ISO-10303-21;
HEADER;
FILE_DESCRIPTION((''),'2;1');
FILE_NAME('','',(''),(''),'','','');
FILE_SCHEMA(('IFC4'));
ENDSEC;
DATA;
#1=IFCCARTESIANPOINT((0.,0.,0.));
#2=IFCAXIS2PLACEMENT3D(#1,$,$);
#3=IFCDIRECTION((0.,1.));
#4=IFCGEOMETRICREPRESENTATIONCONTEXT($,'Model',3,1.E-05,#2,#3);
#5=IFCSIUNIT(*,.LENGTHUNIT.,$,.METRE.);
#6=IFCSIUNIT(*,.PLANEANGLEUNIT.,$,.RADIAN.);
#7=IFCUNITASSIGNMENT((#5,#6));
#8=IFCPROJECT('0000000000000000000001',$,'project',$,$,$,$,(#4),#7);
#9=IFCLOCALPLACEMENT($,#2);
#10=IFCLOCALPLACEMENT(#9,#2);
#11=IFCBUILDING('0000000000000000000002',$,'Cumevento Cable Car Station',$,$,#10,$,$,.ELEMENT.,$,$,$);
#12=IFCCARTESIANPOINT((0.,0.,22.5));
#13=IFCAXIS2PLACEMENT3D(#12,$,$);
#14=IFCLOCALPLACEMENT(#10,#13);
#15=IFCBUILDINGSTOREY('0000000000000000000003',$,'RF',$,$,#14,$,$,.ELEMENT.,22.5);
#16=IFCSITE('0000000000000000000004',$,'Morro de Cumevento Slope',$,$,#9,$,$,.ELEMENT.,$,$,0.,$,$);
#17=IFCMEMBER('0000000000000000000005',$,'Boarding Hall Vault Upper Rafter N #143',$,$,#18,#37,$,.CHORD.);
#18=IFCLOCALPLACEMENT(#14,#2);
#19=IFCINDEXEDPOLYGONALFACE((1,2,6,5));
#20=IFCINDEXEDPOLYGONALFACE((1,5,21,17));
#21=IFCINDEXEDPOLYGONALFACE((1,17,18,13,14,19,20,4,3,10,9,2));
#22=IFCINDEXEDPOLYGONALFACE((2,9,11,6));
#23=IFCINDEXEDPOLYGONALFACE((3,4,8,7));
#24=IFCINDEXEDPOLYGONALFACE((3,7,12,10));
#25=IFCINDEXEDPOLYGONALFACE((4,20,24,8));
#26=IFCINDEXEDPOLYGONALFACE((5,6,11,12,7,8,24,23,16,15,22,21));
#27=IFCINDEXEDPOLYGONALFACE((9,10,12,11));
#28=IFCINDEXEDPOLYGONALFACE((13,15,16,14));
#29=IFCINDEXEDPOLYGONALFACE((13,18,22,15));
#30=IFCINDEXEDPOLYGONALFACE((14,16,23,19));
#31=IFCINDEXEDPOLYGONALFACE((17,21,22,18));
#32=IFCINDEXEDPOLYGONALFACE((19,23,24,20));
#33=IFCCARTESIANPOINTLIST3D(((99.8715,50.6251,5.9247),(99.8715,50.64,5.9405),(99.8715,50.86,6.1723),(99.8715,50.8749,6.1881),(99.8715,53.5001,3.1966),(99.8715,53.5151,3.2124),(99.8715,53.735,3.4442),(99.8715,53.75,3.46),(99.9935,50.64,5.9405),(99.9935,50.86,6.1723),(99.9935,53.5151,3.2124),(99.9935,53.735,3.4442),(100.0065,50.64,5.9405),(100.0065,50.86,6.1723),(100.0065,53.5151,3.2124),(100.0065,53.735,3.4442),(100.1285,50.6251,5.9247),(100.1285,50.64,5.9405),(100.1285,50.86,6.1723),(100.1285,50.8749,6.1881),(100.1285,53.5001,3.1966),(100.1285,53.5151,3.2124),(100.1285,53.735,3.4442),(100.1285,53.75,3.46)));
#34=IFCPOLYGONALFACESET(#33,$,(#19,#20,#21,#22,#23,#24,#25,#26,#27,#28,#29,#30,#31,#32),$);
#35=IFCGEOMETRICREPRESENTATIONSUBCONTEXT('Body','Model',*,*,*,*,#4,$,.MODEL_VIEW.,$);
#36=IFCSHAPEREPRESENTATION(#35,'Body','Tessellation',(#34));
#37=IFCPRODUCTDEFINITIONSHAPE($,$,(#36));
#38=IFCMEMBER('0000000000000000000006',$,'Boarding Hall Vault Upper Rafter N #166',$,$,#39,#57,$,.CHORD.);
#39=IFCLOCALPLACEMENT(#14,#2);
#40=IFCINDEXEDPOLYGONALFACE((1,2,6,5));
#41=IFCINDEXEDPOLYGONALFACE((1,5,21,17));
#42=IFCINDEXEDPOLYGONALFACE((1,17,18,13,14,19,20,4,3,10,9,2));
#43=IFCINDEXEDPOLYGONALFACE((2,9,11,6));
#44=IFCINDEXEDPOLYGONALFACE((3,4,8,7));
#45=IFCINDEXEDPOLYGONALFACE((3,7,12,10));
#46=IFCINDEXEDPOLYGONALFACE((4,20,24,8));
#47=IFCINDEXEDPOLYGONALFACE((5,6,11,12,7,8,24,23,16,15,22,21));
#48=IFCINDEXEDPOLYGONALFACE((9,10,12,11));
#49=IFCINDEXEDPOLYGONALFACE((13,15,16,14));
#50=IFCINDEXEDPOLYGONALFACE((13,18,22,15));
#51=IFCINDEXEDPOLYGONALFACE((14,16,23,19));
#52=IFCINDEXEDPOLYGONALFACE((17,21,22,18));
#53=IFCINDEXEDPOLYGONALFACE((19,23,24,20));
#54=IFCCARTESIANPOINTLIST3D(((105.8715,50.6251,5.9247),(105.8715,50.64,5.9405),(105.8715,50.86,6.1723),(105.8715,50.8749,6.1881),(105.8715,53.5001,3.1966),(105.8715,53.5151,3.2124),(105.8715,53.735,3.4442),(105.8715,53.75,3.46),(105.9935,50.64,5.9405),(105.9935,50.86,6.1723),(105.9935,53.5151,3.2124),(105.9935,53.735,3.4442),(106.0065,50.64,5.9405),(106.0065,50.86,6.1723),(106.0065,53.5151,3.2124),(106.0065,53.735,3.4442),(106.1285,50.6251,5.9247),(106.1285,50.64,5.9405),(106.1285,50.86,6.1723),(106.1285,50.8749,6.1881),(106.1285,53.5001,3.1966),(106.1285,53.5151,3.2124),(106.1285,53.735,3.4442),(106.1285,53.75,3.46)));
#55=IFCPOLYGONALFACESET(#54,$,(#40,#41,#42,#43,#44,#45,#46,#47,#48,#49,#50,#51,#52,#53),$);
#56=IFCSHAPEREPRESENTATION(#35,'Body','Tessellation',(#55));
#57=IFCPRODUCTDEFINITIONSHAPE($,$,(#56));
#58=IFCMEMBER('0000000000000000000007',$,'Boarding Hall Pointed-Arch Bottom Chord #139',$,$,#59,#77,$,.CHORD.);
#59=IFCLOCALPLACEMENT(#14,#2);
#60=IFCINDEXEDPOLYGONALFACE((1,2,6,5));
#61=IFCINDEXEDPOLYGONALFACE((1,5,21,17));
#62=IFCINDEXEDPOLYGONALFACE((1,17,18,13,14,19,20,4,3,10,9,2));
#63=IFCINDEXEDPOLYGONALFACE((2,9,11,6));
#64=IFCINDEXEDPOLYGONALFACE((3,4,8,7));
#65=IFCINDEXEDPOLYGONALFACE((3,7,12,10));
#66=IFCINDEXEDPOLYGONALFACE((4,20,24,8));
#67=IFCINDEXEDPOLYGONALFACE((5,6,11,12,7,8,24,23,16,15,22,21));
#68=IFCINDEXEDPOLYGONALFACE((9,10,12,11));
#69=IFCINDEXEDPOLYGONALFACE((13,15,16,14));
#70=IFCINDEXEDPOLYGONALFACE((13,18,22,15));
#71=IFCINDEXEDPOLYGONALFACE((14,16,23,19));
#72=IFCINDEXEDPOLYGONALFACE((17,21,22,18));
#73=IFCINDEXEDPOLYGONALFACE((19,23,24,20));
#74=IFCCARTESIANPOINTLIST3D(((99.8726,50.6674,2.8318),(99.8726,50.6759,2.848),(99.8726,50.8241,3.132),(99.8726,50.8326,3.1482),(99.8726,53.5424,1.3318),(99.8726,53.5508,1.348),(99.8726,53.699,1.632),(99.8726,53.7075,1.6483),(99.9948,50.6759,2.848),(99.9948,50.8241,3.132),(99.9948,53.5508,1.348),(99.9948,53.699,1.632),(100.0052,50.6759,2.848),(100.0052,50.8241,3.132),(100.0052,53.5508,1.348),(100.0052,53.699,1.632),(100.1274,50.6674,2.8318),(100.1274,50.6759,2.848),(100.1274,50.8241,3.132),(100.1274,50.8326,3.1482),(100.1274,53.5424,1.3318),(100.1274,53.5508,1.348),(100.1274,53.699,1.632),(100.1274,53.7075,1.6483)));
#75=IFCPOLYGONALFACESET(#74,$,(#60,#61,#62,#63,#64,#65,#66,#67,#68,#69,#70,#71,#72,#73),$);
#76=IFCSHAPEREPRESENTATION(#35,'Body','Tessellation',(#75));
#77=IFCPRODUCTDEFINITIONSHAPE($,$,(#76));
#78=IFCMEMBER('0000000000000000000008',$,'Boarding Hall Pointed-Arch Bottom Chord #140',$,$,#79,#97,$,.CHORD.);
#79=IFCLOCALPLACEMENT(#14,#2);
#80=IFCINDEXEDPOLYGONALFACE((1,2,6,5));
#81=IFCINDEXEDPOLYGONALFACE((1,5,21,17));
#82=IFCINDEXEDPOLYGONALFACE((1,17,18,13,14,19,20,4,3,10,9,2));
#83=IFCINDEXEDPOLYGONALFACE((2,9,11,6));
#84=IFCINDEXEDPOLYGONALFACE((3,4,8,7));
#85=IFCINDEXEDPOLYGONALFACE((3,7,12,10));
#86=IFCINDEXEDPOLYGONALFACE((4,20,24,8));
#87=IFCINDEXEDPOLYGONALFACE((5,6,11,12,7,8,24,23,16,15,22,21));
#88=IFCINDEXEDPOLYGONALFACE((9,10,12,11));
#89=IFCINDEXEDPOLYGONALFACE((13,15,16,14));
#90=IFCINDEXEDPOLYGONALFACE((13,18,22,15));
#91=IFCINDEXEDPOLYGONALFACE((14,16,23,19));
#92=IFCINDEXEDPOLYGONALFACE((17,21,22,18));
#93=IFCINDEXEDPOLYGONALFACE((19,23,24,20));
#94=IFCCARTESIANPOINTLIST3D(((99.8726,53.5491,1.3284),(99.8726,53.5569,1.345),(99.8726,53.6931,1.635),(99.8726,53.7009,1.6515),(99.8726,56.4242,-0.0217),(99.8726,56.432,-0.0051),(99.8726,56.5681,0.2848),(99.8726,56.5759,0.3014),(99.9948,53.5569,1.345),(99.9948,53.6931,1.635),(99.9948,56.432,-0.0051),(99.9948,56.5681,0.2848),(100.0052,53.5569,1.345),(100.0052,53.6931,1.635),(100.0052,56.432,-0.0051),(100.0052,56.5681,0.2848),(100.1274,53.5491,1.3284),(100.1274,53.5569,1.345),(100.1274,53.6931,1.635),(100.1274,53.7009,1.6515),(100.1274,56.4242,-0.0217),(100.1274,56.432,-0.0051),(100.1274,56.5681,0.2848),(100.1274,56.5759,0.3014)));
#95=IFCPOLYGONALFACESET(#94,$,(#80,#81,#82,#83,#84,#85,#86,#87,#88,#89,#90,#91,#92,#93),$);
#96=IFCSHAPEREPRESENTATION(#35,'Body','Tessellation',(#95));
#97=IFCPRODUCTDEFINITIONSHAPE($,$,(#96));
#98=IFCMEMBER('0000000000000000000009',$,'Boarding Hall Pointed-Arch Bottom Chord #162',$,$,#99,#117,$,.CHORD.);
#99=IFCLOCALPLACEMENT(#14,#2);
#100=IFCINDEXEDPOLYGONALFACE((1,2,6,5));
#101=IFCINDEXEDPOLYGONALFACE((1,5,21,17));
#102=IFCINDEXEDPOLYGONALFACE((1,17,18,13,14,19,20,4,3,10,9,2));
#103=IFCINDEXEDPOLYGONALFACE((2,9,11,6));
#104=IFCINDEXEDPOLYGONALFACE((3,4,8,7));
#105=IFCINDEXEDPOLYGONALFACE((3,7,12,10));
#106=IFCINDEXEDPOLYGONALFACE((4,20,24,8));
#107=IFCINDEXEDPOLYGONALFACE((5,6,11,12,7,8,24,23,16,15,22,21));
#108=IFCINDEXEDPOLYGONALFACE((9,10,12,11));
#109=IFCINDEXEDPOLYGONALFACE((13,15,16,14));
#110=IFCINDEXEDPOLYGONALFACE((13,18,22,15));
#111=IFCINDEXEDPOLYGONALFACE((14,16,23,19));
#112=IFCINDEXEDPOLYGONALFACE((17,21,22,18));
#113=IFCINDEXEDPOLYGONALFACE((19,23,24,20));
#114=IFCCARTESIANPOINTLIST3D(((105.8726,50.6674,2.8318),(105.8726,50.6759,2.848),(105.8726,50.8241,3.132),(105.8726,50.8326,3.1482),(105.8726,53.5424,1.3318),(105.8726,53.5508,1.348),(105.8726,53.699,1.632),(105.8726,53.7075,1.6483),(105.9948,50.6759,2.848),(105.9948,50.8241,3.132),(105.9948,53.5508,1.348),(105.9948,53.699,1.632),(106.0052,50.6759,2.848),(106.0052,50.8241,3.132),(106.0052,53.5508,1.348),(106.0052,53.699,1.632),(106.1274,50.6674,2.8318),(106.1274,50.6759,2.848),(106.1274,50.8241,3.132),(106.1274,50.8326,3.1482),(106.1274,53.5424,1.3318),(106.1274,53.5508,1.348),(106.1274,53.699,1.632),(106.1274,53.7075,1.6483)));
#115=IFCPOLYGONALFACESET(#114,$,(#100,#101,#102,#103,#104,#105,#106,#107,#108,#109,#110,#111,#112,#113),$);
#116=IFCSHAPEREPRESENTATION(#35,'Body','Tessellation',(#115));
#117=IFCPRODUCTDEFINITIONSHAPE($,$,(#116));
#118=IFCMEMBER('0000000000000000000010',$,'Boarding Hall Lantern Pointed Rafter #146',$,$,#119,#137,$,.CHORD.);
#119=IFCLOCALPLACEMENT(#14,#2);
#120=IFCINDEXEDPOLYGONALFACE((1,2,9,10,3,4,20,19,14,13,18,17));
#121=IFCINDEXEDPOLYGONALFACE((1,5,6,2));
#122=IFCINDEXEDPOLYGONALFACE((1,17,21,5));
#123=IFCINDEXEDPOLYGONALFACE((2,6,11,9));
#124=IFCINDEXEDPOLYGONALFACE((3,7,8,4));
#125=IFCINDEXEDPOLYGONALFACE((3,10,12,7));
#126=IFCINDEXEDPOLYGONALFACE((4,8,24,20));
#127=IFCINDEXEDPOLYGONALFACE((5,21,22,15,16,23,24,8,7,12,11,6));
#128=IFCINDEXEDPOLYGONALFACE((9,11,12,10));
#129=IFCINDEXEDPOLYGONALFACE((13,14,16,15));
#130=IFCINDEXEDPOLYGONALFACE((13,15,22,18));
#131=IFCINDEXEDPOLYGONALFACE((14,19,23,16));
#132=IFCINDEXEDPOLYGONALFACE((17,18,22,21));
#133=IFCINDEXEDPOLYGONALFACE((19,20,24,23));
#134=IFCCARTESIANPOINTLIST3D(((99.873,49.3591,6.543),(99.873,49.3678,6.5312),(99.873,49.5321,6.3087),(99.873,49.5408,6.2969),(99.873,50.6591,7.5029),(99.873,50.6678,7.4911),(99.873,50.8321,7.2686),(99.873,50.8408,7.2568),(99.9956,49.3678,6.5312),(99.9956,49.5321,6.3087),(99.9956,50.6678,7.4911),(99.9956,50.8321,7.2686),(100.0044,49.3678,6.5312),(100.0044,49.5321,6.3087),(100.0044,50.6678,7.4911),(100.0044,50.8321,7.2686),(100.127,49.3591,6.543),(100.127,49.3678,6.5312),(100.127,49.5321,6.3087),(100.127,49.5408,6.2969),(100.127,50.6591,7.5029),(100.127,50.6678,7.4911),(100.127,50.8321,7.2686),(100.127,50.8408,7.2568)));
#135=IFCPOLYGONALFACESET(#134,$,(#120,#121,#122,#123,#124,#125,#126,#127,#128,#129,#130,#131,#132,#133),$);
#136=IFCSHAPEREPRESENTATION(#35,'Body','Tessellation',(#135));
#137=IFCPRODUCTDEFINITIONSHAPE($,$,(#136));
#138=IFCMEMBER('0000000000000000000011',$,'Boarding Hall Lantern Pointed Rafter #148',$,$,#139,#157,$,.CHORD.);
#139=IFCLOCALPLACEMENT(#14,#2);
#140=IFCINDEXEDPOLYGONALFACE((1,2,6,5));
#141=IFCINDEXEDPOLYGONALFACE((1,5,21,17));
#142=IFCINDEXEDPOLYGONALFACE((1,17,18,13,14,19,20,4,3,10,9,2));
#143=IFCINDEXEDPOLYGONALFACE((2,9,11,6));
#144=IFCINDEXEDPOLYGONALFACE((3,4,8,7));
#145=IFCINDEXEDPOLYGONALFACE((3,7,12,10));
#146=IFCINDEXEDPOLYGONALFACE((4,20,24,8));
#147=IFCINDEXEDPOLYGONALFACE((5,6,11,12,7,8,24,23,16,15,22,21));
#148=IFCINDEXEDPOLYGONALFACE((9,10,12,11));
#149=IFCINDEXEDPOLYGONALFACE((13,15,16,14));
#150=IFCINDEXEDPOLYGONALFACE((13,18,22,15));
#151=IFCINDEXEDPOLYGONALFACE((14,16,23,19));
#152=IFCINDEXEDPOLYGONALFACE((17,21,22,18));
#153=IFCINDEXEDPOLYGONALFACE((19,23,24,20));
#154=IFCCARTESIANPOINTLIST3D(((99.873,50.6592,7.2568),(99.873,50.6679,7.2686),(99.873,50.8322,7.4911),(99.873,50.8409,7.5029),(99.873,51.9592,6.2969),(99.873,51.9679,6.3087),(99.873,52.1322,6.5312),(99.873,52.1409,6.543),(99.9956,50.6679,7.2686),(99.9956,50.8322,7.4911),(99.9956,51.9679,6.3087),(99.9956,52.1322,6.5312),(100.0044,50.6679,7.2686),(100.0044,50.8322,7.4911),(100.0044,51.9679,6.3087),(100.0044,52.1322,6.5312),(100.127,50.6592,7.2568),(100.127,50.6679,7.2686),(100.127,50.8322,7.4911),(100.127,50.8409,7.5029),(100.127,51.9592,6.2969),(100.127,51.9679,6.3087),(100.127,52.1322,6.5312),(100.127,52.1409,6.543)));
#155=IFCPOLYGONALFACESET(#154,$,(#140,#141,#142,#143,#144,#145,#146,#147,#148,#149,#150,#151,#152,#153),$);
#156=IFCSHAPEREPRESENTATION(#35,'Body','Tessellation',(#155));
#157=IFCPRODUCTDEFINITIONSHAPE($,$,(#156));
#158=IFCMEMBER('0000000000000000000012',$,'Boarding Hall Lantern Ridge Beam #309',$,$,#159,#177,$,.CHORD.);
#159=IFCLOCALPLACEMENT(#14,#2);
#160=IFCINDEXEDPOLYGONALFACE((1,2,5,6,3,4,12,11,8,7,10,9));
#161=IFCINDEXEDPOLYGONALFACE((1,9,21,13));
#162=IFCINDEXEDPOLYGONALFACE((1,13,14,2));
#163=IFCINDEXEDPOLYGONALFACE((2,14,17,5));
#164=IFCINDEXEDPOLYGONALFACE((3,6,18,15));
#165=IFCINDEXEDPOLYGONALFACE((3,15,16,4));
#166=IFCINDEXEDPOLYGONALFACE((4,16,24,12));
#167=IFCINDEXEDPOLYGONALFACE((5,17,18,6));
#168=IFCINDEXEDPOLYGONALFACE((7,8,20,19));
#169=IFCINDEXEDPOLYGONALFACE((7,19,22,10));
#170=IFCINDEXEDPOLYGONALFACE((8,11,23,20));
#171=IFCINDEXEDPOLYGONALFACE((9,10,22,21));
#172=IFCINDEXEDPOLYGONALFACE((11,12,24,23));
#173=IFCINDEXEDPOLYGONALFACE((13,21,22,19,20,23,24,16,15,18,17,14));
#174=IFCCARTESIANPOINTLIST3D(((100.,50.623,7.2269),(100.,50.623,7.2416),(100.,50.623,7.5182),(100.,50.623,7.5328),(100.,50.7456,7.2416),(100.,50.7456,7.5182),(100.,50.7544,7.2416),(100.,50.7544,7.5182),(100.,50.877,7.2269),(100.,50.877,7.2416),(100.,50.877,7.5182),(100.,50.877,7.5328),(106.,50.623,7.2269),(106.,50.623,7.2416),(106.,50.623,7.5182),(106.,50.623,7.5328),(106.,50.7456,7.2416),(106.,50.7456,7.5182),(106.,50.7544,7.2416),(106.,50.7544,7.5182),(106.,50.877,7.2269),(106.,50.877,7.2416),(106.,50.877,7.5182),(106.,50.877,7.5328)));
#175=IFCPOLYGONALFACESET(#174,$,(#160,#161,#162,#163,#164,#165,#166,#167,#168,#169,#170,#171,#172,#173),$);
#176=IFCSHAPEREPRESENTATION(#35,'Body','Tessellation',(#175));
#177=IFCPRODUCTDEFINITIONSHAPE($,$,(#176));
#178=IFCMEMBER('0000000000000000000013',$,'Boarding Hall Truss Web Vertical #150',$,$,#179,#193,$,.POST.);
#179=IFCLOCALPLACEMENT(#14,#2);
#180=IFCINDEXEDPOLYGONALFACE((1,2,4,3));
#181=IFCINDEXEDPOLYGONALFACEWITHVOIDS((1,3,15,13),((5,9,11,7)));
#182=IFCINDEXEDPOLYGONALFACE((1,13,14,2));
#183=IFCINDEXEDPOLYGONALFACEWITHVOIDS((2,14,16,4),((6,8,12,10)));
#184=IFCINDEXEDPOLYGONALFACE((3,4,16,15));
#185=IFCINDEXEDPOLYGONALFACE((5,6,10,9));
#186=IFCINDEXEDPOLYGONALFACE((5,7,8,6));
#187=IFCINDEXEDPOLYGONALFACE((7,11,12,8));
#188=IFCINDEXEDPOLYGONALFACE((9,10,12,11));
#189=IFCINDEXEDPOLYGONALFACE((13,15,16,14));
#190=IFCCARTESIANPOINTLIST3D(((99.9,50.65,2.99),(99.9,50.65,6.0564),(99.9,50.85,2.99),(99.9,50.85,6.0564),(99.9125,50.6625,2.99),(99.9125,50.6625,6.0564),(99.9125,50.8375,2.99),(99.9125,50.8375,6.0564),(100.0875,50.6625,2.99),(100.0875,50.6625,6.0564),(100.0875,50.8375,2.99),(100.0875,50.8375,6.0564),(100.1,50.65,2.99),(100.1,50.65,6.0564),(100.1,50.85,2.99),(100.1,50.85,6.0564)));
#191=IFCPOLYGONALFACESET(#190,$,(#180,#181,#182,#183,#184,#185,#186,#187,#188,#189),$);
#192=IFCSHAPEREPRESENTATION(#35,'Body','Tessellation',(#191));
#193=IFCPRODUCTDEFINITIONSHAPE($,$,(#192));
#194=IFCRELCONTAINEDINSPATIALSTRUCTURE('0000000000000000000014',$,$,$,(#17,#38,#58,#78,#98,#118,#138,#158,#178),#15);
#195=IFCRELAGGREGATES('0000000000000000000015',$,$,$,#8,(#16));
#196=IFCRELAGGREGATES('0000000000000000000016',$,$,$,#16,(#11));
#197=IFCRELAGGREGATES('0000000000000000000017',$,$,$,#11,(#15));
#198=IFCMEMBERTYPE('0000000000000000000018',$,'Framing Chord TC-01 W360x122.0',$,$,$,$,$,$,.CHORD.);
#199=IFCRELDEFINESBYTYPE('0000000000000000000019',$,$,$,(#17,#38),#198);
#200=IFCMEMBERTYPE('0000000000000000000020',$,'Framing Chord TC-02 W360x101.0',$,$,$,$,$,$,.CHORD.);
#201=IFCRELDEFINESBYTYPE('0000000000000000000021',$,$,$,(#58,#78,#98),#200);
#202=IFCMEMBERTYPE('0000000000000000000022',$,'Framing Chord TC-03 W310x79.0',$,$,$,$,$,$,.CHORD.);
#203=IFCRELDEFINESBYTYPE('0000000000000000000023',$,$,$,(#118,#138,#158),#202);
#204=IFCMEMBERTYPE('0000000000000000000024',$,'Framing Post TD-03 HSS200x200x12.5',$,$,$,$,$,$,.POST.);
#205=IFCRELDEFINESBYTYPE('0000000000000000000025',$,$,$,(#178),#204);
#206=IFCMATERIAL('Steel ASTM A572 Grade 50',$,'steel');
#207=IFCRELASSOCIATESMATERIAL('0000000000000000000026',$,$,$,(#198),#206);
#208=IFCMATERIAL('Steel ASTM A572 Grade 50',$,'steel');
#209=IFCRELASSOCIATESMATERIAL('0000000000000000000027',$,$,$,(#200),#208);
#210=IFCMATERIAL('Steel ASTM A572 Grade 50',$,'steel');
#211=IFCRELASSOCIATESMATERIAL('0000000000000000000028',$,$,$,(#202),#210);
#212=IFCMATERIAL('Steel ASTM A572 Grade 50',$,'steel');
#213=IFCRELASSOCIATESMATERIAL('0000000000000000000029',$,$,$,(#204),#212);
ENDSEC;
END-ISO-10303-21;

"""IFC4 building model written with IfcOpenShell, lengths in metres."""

from ifc_helpers import new_model, si_unit, direction, frame, origin, origin_2d, place, context, subcontext, project, spatial, hollow_rectangle, i_section, extrude, material, material_profile, profile_set, type_object, element, save


model = new_model("IFC4")

# Units and contexts
model_context = context("Model", 3, precision=1e-05, world=origin(), true_north=direction((0.0, 1.0)))
body_context = subcontext(model_context, "Body", "Model", "MODEL_VIEW")
ifc_project = project(units=[si_unit("LENGTHUNIT", "METRE"), si_unit("PLANEANGLEUNIT", "RADIAN")], contexts=[model_context])

# Site, building, storey
site_placement = place(None, origin())
site = spatial("IfcSite", under=ifc_project, at=site_placement, Name="Morro de Cumevento Slope", CompositionType="ELEMENT", RefElevation=0.0)
building_placement = place(site_placement, origin())
building = spatial("IfcBuilding", under=site, at=building_placement, Name="Cumevento Cable Car Station", CompositionType="ELEMENT")
storey_placement = place(building_placement, frame((0.0, 0.0, 22.5)))
storey = spatial("IfcBuildingStorey", under=building, at=storey_placement, Name="RF", CompositionType="ELEMENT", Elevation=22.5)

# Members
ifc_material_1 = material(Name="Steel ASTM A572 Grade 50", Category="steel")
ifc_material_profile_1 = material_profile(ifc_material_1, i_section(OverallWidth=0.2571, OverallDepth=0.363, WebThickness=0.0129, FlangeThickness=0.0217, at=origin_2d()), Name="W360x122.0")
ifc_profile_set_1 = profile_set([ifc_material_profile_1], Name="Steel ASTM A572 Grade 50")
member_type_1 = type_object("IfcMemberType", Name="Framing Chord TC-01 W360x122.0", PredefinedType="CHORD", material=ifc_profile_set_1)
for number, where, z_axis, x_axis, name in (
    (1, (100.0, 50.75, 6.0564), (0.0, 0.725405, -0.688322), (-1.0, 0.0, 0.0), "Boarding Hall Vault Upper Rafter N #143"),
    (2, (106.0, 50.75, 6.0564), (0.0, 0.725405, -0.688322), (-1.0, 0.0, 0.0), "Boarding Hall Vault Upper Rafter N #166"),
):
    element("IfcMember", number, at=place(storey_placement, frame(where, z_axis=z_axis, x_axis=x_axis)), inside=storey, type_object=member_type_1, Name=name, PredefinedType="CHORD", context=body_context, shape_type="SweptSolid", body=[
        extrude(i_section(OverallWidth=0.2571, OverallDepth=0.363, WebThickness=0.0129, FlangeThickness=0.0217, at=origin_2d()), origin(), (0.0, 0.0, 1.0), 3.9634),
    ])
ifc_material_2 = material(Name="Steel ASTM A572 Grade 50", Category="steel")
ifc_material_profile_2 = material_profile(ifc_material_2, i_section(OverallWidth=0.2549, OverallDepth=0.3569, WebThickness=0.0105, FlangeThickness=0.0183, at=origin_2d()), Name="W360x101.0")
ifc_profile_set_2 = profile_set([ifc_material_profile_2], Name="Steel ASTM A572 Grade 50")
member_type_2 = type_object("IfcMemberType", Name="Framing Chord TC-02 W360x101.0", PredefinedType="CHORD", material=ifc_profile_set_2)
member_1_placement = place(storey_placement, frame((100.0, 50.75, 2.99), z_axis=(0.0, 0.886585, -0.462566), x_axis=(-1.0, 0.0, 0.0)))
element("IfcMember", 3, at=member_1_placement, inside=storey, type_object=member_type_2, Name="Boarding Hall Pointed-Arch Bottom Chord #139", PredefinedType="CHORD", context=body_context, shape_type="SweptSolid", body=[
    extrude(i_section(OverallWidth=0.2549, OverallDepth=0.3569, WebThickness=0.0105, FlangeThickness=0.0183, at=origin_2d()), origin(), (0.0, 0.0, 1.0), 3.2427),
])
member_2_placement = place(storey_placement, frame((100.0, 53.625, 1.49), z_axis=(0.0, 0.905163, -0.425064), x_axis=(-1.0, 0.0, 0.0)))
element("IfcMember", 4, at=member_2_placement, inside=storey, type_object=member_type_2, Name="Boarding Hall Pointed-Arch Bottom Chord #140", PredefinedType="CHORD", context=body_context, shape_type="SweptSolid", body=[
    extrude(i_section(OverallWidth=0.2549, OverallDepth=0.3569, WebThickness=0.0105, FlangeThickness=0.0183, at=origin_2d()), origin(), (0.0, 0.0, 1.0), 3.1763),
])
member_3_placement = place(storey_placement, frame((106.0, 50.75, 2.99), z_axis=(0.0, 0.886585, -0.462566), x_axis=(-1.0, 0.0, 0.0)))
element("IfcMember", 5, at=member_3_placement, inside=storey, type_object=member_type_2, Name="Boarding Hall Pointed-Arch Bottom Chord #162", PredefinedType="CHORD", context=body_context, shape_type="SweptSolid", body=[
    extrude(i_section(OverallWidth=0.2549, OverallDepth=0.3569, WebThickness=0.0105, FlangeThickness=0.0183, at=origin_2d()), origin(), (0.0, 0.0, 1.0), 3.2427),
])
ifc_material_3 = material(Name="Steel ASTM A572 Grade 50", Category="steel")
ifc_material_profile_3 = material_profile(ifc_material_3, i_section(OverallWidth=0.2539, OverallDepth=0.3059, WebThickness=0.0088, FlangeThickness=0.0146, at=origin_2d()), Name="W310x79.0")
ifc_profile_set_3 = profile_set([ifc_material_profile_3], Name="Steel ASTM A572 Grade 50")
member_type_3 = type_object("IfcMemberType", Name="Framing Chord TC-03 W310x79.0", PredefinedType="CHORD", material=ifc_profile_set_3)
for number, where, z_axis, x_axis, name in (
    (6, (100.0, 49.45, 6.4199), (0.0, 0.804455, 0.594013), (-1.0, 0.0, 0.0), "Boarding Hall Lantern Pointed Rafter #146"),
    (7, (100.0, 52.05, 6.4199), (0.0, -0.804455, 0.594013), (1.0, 0.0, 0.0), "Boarding Hall Lantern Pointed Rafter #148"),
):
    element("IfcMember", number, at=place(storey_placement, frame(where, z_axis=z_axis, x_axis=x_axis)), inside=storey, type_object=member_type_3, Name=name, PredefinedType="CHORD", context=body_context, shape_type="SweptSolid", body=[
        extrude(i_section(OverallWidth=0.2539, OverallDepth=0.3059, WebThickness=0.0088, FlangeThickness=0.0146, at=origin_2d()), origin(), (0.0, 0.0, 1.0), 1.616),
    ])
member_4_placement = place(storey_placement, frame((100.0, 50.75, 7.3799), z_axis=(1.0, 0.0, 0.0), x_axis=(0.0, 1.0, 0.0)))
element("IfcMember", 8, at=member_4_placement, inside=storey, type_object=member_type_3, Name="Boarding Hall Lantern Ridge Beam #309", PredefinedType="CHORD", context=body_context, shape_type="SweptSolid", body=[
    extrude(i_section(OverallWidth=0.2539, OverallDepth=0.3059, WebThickness=0.0088, FlangeThickness=0.0146, at=origin_2d()), origin(), (0.0, 0.0, 1.0), 6.0),
])
ifc_material_4 = material(Name="Steel ASTM A572 Grade 50", Category="steel")
ifc_material_profile_4 = material_profile(ifc_material_4, hollow_rectangle(XDim=0.2, YDim=0.2, WallThickness=0.0125, at=origin_2d()), Name="HSS200x200x12.5")
ifc_profile_set_4 = profile_set([ifc_material_profile_4], Name="Steel ASTM A572 Grade 50")
member_type_4 = type_object("IfcMemberType", Name="Framing Post TD-03 HSS200x200x12.5", PredefinedType="POST", material=ifc_profile_set_4)
member_5_placement = place(storey_placement, frame((100.0, 50.75, 2.99), z_axis=(0.0, 0.0, 1.0), x_axis=(1.0, 0.0, 0.0)))
element("IfcMember", 9, at=member_5_placement, inside=storey, type_object=member_type_4, Name="Boarding Hall Truss Web Vertical #150", PredefinedType="POST", context=body_context, shape_type="SweptSolid", body=[
    extrude(hollow_rectangle(XDim=0.2, YDim=0.2, WallThickness=0.0125, at=origin_2d()), origin(), (0.0, 0.0, 1.0), 3.0664),
])

save(model, "model.ifc")
